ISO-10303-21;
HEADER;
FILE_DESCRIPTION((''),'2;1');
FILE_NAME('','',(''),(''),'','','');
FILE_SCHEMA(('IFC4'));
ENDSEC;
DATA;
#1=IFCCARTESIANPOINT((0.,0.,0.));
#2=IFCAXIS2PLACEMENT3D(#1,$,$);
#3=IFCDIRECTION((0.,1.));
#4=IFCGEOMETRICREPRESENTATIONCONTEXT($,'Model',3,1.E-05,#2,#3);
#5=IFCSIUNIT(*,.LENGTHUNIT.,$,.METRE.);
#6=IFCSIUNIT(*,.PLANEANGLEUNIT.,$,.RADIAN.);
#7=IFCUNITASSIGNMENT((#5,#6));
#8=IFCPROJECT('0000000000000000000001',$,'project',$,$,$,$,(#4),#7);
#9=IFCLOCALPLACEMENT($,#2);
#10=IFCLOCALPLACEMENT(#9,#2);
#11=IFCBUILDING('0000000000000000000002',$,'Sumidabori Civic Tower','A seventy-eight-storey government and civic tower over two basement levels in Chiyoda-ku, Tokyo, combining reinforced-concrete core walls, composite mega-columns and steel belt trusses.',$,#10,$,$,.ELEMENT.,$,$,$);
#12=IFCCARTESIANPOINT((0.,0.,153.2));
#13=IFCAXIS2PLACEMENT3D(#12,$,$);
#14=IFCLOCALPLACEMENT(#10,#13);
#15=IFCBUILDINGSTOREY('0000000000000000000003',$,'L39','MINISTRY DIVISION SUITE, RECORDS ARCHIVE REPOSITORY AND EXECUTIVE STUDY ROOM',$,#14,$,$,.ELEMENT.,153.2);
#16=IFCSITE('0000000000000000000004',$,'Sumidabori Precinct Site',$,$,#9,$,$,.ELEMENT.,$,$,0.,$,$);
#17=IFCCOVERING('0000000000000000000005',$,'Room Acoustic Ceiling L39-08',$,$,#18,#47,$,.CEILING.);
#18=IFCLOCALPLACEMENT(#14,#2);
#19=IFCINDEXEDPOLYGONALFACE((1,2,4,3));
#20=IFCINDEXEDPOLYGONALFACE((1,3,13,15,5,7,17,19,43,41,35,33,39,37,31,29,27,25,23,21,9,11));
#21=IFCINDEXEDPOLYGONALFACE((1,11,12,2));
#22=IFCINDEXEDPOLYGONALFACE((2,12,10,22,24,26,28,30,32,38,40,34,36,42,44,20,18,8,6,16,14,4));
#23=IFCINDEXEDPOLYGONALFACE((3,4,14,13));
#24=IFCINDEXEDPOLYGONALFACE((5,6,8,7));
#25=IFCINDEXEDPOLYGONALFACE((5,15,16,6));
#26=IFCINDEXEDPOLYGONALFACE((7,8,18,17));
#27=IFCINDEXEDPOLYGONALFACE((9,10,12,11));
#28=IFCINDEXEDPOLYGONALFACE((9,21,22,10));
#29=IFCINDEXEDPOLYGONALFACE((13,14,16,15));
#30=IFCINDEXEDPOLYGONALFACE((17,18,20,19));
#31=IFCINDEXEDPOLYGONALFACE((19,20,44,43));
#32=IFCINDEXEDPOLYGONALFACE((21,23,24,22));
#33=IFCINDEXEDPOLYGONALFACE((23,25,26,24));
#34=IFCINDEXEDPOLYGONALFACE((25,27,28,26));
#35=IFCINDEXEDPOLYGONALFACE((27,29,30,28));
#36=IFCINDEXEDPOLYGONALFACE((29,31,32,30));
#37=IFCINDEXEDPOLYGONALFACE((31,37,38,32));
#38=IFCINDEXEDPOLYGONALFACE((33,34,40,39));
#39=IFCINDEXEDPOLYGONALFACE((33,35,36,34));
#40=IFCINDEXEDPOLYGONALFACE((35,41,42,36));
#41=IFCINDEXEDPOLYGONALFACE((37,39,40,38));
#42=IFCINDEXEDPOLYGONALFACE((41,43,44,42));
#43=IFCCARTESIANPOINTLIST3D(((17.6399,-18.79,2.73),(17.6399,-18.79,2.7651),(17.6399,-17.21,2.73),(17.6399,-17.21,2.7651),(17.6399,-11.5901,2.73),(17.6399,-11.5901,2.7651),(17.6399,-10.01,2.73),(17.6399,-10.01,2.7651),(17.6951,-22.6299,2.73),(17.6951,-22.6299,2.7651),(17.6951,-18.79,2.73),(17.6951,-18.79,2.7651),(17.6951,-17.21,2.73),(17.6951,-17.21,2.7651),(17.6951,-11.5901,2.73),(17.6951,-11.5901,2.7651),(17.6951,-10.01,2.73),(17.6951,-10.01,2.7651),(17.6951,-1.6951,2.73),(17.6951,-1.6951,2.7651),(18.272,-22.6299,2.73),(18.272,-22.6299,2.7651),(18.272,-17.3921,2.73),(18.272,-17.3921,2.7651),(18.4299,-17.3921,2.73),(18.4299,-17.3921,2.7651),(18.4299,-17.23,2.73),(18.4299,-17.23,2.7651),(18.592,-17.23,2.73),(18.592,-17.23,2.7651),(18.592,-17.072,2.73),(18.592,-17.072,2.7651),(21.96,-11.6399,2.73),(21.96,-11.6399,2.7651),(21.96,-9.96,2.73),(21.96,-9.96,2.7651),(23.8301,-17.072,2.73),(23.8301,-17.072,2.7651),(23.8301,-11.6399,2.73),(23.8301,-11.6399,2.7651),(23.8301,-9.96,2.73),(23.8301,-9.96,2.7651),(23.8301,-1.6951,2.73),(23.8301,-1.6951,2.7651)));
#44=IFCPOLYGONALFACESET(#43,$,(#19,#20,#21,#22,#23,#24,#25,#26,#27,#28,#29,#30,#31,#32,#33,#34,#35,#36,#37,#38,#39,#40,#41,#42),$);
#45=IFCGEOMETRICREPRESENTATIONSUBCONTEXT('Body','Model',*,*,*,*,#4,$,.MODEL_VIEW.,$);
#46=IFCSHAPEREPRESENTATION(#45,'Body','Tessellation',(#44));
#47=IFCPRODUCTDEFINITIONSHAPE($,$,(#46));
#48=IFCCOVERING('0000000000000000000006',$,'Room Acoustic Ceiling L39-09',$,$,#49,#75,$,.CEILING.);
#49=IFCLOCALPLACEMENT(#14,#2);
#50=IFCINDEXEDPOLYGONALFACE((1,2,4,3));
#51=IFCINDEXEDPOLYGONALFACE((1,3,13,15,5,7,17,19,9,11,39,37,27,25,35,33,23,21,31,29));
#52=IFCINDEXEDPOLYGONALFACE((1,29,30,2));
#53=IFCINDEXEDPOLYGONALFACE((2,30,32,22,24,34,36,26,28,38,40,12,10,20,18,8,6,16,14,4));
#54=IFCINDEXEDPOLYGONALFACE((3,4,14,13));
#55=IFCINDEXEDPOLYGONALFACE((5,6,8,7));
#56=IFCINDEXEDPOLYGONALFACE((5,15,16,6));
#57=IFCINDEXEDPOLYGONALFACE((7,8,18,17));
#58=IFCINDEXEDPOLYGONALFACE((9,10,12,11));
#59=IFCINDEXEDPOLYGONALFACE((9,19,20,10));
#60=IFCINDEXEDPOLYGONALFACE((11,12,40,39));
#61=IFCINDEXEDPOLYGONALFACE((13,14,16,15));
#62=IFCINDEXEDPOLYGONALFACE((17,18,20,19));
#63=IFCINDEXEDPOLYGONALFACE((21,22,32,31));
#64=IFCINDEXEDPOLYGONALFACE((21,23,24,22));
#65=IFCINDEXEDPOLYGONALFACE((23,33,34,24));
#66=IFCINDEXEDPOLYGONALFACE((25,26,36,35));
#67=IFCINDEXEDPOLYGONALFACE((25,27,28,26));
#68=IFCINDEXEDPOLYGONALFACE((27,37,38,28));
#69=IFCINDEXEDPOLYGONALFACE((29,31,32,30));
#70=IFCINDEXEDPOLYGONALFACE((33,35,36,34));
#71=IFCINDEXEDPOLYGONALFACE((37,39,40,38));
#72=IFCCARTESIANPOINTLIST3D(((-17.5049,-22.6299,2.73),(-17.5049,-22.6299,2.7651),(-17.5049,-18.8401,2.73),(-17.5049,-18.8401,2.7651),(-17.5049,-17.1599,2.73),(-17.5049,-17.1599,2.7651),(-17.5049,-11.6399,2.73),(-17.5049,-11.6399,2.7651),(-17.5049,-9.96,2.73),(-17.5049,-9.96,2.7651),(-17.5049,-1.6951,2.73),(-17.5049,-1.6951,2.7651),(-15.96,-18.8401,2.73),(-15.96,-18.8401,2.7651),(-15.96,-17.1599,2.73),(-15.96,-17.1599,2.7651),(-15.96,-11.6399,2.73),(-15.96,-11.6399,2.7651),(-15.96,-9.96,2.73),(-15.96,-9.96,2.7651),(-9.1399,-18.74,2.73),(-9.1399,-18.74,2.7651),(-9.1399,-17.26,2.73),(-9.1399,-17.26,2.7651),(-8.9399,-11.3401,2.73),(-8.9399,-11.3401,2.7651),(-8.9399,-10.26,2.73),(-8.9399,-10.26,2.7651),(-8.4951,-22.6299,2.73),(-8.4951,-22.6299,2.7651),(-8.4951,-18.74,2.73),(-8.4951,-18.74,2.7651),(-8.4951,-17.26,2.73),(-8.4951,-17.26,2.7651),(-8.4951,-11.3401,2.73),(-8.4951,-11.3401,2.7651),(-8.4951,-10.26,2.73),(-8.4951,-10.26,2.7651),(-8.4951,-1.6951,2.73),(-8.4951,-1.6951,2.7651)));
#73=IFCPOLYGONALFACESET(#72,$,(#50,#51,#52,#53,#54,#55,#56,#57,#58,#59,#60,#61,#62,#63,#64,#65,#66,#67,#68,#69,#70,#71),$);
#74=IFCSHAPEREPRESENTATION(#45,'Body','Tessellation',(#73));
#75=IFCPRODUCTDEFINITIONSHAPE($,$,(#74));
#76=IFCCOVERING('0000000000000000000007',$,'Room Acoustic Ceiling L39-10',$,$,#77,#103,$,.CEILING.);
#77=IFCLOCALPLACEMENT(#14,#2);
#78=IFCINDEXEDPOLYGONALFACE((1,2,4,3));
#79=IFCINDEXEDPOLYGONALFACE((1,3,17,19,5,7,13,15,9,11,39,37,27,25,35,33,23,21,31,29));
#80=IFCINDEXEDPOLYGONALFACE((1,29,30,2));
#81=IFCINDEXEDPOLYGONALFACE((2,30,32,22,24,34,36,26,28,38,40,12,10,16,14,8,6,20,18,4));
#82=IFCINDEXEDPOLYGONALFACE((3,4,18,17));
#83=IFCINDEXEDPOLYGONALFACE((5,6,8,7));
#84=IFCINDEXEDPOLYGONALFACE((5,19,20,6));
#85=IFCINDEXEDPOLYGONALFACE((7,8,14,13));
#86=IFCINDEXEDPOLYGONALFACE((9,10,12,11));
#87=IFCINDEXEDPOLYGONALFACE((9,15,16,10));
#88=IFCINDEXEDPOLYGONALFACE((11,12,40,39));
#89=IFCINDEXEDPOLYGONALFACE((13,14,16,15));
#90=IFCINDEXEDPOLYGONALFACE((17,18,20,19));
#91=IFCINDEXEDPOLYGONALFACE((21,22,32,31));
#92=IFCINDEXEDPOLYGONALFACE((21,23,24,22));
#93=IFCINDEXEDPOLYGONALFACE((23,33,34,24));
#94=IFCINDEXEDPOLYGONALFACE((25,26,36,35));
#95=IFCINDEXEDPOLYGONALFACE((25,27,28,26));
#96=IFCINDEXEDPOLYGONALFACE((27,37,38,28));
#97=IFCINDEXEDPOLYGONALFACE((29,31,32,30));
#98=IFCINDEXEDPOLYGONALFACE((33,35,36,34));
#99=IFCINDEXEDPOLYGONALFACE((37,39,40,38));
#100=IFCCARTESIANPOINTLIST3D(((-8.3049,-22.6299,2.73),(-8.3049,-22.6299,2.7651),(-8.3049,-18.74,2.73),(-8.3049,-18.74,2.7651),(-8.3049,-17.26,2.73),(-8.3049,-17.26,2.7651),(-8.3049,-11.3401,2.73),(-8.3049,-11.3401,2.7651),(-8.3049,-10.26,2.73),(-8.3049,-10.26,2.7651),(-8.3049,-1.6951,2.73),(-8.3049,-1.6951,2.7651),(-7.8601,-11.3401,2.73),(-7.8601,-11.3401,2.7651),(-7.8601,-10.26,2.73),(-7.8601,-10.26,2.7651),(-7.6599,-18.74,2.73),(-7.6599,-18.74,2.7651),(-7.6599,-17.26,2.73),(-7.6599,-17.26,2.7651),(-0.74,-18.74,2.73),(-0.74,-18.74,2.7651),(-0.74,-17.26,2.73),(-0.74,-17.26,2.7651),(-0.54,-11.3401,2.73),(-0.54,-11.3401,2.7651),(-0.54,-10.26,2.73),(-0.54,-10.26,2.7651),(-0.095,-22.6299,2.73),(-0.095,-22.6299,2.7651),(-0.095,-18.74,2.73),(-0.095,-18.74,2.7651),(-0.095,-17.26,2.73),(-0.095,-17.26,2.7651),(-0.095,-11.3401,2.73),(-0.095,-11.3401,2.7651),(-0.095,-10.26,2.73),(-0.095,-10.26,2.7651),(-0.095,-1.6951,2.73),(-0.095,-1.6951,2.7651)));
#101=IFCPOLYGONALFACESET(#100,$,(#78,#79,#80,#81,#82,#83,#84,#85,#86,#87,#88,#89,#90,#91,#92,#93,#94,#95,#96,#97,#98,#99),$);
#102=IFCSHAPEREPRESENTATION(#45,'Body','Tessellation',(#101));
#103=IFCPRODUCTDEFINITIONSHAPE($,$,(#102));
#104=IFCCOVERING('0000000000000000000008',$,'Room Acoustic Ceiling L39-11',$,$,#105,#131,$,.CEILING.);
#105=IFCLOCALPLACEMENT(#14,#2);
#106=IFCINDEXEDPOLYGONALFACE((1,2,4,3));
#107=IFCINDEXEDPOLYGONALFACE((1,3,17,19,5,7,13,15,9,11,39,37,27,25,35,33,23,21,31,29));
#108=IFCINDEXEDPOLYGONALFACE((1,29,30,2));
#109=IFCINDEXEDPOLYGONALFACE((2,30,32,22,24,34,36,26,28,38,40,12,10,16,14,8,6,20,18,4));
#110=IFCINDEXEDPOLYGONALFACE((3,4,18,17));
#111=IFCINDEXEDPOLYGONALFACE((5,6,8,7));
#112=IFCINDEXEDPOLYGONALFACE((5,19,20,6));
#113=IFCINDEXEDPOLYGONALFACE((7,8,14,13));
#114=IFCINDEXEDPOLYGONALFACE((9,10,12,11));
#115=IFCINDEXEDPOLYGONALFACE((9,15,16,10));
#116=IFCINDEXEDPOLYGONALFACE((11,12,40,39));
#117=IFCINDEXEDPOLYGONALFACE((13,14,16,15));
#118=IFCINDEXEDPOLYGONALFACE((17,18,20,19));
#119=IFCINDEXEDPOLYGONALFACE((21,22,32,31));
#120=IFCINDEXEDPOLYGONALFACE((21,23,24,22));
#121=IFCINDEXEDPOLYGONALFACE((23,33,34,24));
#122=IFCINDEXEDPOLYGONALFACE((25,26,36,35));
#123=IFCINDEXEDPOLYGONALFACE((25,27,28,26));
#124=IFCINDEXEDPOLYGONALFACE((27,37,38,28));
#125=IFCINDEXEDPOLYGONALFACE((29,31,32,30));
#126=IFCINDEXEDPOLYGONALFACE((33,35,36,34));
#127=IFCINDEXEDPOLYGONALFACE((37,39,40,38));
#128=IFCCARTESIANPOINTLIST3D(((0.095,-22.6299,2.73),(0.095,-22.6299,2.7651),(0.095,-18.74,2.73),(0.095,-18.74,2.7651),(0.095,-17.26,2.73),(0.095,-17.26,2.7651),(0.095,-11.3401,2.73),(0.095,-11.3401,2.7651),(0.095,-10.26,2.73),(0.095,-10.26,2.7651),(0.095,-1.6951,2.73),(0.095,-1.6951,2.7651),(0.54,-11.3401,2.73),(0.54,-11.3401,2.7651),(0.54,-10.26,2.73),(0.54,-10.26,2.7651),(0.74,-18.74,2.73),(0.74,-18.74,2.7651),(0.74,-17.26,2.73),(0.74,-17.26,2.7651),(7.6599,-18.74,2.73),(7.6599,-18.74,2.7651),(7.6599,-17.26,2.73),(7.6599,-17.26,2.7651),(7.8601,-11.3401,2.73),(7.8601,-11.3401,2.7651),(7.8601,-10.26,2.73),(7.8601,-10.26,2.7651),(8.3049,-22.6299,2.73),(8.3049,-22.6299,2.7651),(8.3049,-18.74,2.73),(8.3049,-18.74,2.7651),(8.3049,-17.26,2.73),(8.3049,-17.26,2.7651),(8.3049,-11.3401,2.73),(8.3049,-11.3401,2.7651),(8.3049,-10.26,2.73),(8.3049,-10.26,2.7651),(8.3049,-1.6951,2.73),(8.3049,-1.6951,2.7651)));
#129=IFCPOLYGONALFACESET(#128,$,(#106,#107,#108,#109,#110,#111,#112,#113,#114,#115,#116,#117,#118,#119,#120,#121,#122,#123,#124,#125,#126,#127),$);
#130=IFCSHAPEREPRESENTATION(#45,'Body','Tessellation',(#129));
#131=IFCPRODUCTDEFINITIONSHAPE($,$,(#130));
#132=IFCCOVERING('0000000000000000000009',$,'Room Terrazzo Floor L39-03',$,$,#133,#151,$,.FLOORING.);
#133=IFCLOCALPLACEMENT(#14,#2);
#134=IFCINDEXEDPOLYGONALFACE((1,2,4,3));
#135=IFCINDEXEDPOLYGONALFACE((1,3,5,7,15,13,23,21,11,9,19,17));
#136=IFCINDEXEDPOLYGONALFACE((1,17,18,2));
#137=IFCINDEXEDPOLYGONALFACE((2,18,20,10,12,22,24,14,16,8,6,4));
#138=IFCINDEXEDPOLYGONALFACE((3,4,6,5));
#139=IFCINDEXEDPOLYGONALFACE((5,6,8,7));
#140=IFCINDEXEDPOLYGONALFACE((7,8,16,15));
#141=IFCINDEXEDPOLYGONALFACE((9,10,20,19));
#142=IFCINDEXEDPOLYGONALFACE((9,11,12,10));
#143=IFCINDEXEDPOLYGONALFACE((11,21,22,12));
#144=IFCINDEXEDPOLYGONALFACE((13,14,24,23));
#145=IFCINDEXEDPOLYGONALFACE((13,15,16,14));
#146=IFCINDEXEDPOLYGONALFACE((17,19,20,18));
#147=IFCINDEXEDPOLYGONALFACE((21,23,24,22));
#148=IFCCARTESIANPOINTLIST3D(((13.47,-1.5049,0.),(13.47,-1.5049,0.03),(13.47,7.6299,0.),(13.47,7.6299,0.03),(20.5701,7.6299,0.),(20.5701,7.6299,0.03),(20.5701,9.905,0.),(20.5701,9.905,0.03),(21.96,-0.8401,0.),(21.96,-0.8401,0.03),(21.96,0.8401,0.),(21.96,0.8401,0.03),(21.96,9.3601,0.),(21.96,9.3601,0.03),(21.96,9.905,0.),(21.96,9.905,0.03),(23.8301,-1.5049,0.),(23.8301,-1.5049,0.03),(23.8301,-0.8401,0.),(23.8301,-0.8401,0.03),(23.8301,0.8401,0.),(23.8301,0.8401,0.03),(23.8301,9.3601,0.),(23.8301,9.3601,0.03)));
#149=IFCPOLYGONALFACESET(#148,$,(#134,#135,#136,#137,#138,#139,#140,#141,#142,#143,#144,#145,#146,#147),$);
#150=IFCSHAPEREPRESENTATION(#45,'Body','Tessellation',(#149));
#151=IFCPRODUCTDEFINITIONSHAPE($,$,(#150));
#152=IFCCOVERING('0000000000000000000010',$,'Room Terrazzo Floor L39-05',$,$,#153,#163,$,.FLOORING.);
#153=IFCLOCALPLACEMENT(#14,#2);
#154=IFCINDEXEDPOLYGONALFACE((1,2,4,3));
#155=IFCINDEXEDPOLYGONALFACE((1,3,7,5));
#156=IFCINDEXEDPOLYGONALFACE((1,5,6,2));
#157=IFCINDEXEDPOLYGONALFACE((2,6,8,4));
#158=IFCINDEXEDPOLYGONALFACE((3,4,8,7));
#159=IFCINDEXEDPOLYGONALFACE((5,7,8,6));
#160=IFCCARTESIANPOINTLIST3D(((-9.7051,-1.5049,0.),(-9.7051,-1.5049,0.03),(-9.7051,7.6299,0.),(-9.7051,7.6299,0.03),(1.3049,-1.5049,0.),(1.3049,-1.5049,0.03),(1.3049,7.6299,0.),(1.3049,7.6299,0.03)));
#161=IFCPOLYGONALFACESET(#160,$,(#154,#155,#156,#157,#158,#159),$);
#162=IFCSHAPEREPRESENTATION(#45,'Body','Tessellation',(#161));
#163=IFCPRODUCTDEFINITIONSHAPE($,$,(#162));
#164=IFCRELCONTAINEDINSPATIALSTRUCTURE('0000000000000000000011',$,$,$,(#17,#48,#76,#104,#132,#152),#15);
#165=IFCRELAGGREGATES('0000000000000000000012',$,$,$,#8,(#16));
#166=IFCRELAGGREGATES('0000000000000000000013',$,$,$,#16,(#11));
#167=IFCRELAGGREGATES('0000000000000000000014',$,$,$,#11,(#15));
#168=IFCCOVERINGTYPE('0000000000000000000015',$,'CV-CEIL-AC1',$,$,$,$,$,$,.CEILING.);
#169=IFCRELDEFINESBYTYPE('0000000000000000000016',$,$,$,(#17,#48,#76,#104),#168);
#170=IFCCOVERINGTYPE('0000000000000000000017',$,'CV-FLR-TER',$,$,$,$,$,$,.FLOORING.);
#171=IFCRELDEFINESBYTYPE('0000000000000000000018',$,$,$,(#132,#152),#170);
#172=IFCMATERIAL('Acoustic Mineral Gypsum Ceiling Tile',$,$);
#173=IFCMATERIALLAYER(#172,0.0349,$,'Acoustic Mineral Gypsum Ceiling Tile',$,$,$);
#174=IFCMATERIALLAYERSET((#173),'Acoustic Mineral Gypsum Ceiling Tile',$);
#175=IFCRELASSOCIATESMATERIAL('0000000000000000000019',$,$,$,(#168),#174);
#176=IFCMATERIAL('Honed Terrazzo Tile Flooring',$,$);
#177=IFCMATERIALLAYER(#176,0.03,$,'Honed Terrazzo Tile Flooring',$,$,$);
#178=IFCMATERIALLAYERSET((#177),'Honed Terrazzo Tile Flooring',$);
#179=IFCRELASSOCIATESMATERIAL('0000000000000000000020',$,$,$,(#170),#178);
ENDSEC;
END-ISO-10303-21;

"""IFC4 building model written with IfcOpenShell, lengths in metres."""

from ifc_helpers import new_model, si_unit, direction, frame, origin, place, context, subcontext, project, spatial, polyline, outline, extrude, material, layer, layer_set, type_object, element, save


model = new_model("IFC4")

# Units and contexts
model_context = context("Model", 3, precision=1e-05, world=origin(), true_north=direction((0.0, 1.0)))
body_context = subcontext(model_context, "Body", "Model", "MODEL_VIEW")
ifc_project = project(units=[si_unit("LENGTHUNIT", "METRE"), si_unit("PLANEANGLEUNIT", "RADIAN")], contexts=[model_context])

# Site, building, storey
site_placement = place(None, origin())
site = spatial("IfcSite", under=ifc_project, at=site_placement, Name="Sumidabori Precinct Site", CompositionType="ELEMENT", RefElevation=0.0)
building_placement = place(site_placement, origin())
building = spatial("IfcBuilding", under=site, at=building_placement, Name="Sumidabori Civic Tower", Description="A seventy-eight-storey government and civic tower over two basement levels in Chiyoda-ku, Tokyo, combining reinforced-concrete core walls, composite mega-columns and steel belt trusses.", CompositionType="ELEMENT")
storey_placement = place(building_placement, frame((0.0, 0.0, 153.2)))
storey = spatial("IfcBuildingStorey", under=building, at=storey_placement, Name="L39", Description="MINISTRY DIVISION SUITE, RECORDS ARCHIVE REPOSITORY AND EXECUTIVE STUDY ROOM", CompositionType="ELEMENT", Elevation=153.2)

# Coverings
ifc_material_1 = material(Name="Acoustic Mineral Gypsum Ceiling Tile")
ifc_layer_1 = layer(ifc_material_1, 0.0349, Name="Acoustic Mineral Gypsum Ceiling Tile")
ifc_layer_set_1 = layer_set([ifc_layer_1], Name="Acoustic Mineral Gypsum Ceiling Tile")
covering_type_1 = type_object("IfcCoveringType", Name="CV-CEIL-AC1", PredefinedType="CEILING", material=ifc_layer_set_1)
covering_1_placement = place(storey_placement, frame((0.0, 0.0, 2.73)))
element("IfcCovering", 1, at=covering_1_placement, inside=storey, type_object=covering_type_1, Name="Room Acoustic Ceiling L39-08", PredefinedType="CEILING", context=body_context, shape_type="SweptSolid", body=[
    extrude(outline(polyline([(17.6951, -18.79), (17.6399, -18.79), (17.6399, -17.21), (17.6951, -17.21), (17.6951, -11.5901), (17.6399, -11.5901), (17.6399, -10.01), (17.6951, -10.01), (17.6951, -1.6951), (23.8301, -1.6951), (23.8301, -9.96), (21.96, -9.96), (21.96, -11.6399), (23.8301, -11.6399), (23.8301, -17.072), (18.592, -17.072), (18.592, -17.23), (18.4299, -17.23), (18.4299, -17.3921), (18.272, -17.3921), (18.272, -22.6299), (17.6951, -22.6299), (17.6951, -18.79)])), origin(), (0.0, 0.0, 1.0), 0.0352),
])
covering_2_placement = place(storey_placement, frame((0.0, 0.0, 2.73)))
element("IfcCovering", 2, at=covering_2_placement, inside=storey, type_object=covering_type_1, Name="Room Acoustic Ceiling L39-09", PredefinedType="CEILING", context=body_context, shape_type="SweptSolid", body=[
    extrude(outline(polyline([(-17.5049, -18.8401), (-15.96, -18.8401), (-15.96, -17.1599), (-17.5049, -17.1599), (-17.5049, -11.6399), (-15.96, -11.6399), (-15.96, -9.96), (-17.5049, -9.96), (-17.5049, -1.6951), (-8.4951, -1.6951), (-8.4951, -10.26), (-8.9399, -10.26), (-8.9399, -11.3401), (-8.4951, -11.3401), (-8.4951, -17.26), (-9.1399, -17.26), (-9.1399, -18.74), (-8.4951, -18.74), (-8.4951, -22.6299), (-17.5049, -22.6299), (-17.5049, -18.8401)])), origin(), (0.0, 0.0, 1.0), 0.0352),
])
covering_3_placement = place(storey_placement, frame((0.0, 0.0, 2.73)))
element("IfcCovering", 3, at=covering_3_placement, inside=storey, type_object=covering_type_1, Name="Room Acoustic Ceiling L39-10", PredefinedType="CEILING", context=body_context, shape_type="SweptSolid", body=[
    extrude(outline(polyline([(-8.3049, -18.74), (-7.6599, -18.74), (-7.6599, -17.26), (-8.3049, -17.26), (-8.3049, -11.3401), (-7.8601, -11.3401), (-7.8601, -10.26), (-8.3049, -10.26), (-8.3049, -1.6951), (-0.095, -1.6951), (-0.095, -10.26), (-0.54, -10.26), (-0.54, -11.3401), (-0.095, -11.3401), (-0.095, -17.26), (-0.74, -17.26), (-0.74, -18.74), (-0.095, -18.74), (-0.095, -22.6299), (-8.3049, -22.6299), (-8.3049, -18.74)])), origin(), (0.0, 0.0, 1.0), 0.0352),
])
covering_4_placement = place(storey_placement, frame((0.0, 0.0, 2.73)))
element("IfcCovering", 4, at=covering_4_placement, inside=storey, type_object=covering_type_1, Name="Room Acoustic Ceiling L39-11", PredefinedType="CEILING", context=body_context, shape_type="SweptSolid", body=[
    extrude(outline(polyline([(0.095, -18.74), (0.74, -18.74), (0.74, -17.26), (0.095, -17.26), (0.095, -11.3401), (0.54, -11.3401), (0.54, -10.26), (0.095, -10.26), (0.095, -1.6951), (8.3049, -1.6951), (8.3049, -10.26), (7.8601, -10.26), (7.8601, -11.3401), (8.3049, -11.3401), (8.3049, -17.26), (7.6599, -17.26), (7.6599, -18.74), (8.3049, -18.74), (8.3049, -22.6299), (0.095, -22.6299), (0.095, -18.74)])), origin(), (0.0, 0.0, 1.0), 0.0352),
])
ifc_material_2 = material(Name="Honed Terrazzo Tile Flooring")
ifc_layer_2 = layer(ifc_material_2, 0.03, Name="Honed Terrazzo Tile Flooring")
ifc_layer_set_2 = layer_set([ifc_layer_2], Name="Honed Terrazzo Tile Flooring")
covering_type_2 = type_object("IfcCoveringType", Name="CV-FLR-TER", PredefinedType="FLOORING", material=ifc_layer_set_2)
covering_5_placement = place(storey_placement, origin())
element("IfcCovering", 5, at=covering_5_placement, inside=storey, type_object=covering_type_2, Name="Room Terrazzo Floor L39-03", PredefinedType="FLOORING", context=body_context, shape_type="SweptSolid", body=[
    extrude(outline(polyline([(13.47, 7.6299), (20.5701, 7.6299), (20.5701, 9.905), (21.96, 9.905), (21.96, 9.3601), (23.8301, 9.3601), (23.8301, 0.8401), (21.96, 0.8401), (21.96, -0.8401), (23.8301, -0.8401), (23.8301, -1.5049), (13.47, -1.5049), (13.47, 7.6299)])), origin(), (0.0, 0.0, 1.0), 0.03),
])
covering_6_placement = place(storey_placement, origin())
element("IfcCovering", 6, at=covering_6_placement, inside=storey, type_object=covering_type_2, Name="Room Terrazzo Floor L39-05", PredefinedType="FLOORING", context=body_context, shape_type="SweptSolid", body=[
    extrude(outline(polyline([(-9.7051, 7.6299), (1.3049, 7.6299), (1.3049, -1.5049), (-9.7051, -1.5049), (-9.7051, 7.6299)])), origin(), (0.0, 0.0, 1.0), 0.03),
])

save(model, "model.ifc")
